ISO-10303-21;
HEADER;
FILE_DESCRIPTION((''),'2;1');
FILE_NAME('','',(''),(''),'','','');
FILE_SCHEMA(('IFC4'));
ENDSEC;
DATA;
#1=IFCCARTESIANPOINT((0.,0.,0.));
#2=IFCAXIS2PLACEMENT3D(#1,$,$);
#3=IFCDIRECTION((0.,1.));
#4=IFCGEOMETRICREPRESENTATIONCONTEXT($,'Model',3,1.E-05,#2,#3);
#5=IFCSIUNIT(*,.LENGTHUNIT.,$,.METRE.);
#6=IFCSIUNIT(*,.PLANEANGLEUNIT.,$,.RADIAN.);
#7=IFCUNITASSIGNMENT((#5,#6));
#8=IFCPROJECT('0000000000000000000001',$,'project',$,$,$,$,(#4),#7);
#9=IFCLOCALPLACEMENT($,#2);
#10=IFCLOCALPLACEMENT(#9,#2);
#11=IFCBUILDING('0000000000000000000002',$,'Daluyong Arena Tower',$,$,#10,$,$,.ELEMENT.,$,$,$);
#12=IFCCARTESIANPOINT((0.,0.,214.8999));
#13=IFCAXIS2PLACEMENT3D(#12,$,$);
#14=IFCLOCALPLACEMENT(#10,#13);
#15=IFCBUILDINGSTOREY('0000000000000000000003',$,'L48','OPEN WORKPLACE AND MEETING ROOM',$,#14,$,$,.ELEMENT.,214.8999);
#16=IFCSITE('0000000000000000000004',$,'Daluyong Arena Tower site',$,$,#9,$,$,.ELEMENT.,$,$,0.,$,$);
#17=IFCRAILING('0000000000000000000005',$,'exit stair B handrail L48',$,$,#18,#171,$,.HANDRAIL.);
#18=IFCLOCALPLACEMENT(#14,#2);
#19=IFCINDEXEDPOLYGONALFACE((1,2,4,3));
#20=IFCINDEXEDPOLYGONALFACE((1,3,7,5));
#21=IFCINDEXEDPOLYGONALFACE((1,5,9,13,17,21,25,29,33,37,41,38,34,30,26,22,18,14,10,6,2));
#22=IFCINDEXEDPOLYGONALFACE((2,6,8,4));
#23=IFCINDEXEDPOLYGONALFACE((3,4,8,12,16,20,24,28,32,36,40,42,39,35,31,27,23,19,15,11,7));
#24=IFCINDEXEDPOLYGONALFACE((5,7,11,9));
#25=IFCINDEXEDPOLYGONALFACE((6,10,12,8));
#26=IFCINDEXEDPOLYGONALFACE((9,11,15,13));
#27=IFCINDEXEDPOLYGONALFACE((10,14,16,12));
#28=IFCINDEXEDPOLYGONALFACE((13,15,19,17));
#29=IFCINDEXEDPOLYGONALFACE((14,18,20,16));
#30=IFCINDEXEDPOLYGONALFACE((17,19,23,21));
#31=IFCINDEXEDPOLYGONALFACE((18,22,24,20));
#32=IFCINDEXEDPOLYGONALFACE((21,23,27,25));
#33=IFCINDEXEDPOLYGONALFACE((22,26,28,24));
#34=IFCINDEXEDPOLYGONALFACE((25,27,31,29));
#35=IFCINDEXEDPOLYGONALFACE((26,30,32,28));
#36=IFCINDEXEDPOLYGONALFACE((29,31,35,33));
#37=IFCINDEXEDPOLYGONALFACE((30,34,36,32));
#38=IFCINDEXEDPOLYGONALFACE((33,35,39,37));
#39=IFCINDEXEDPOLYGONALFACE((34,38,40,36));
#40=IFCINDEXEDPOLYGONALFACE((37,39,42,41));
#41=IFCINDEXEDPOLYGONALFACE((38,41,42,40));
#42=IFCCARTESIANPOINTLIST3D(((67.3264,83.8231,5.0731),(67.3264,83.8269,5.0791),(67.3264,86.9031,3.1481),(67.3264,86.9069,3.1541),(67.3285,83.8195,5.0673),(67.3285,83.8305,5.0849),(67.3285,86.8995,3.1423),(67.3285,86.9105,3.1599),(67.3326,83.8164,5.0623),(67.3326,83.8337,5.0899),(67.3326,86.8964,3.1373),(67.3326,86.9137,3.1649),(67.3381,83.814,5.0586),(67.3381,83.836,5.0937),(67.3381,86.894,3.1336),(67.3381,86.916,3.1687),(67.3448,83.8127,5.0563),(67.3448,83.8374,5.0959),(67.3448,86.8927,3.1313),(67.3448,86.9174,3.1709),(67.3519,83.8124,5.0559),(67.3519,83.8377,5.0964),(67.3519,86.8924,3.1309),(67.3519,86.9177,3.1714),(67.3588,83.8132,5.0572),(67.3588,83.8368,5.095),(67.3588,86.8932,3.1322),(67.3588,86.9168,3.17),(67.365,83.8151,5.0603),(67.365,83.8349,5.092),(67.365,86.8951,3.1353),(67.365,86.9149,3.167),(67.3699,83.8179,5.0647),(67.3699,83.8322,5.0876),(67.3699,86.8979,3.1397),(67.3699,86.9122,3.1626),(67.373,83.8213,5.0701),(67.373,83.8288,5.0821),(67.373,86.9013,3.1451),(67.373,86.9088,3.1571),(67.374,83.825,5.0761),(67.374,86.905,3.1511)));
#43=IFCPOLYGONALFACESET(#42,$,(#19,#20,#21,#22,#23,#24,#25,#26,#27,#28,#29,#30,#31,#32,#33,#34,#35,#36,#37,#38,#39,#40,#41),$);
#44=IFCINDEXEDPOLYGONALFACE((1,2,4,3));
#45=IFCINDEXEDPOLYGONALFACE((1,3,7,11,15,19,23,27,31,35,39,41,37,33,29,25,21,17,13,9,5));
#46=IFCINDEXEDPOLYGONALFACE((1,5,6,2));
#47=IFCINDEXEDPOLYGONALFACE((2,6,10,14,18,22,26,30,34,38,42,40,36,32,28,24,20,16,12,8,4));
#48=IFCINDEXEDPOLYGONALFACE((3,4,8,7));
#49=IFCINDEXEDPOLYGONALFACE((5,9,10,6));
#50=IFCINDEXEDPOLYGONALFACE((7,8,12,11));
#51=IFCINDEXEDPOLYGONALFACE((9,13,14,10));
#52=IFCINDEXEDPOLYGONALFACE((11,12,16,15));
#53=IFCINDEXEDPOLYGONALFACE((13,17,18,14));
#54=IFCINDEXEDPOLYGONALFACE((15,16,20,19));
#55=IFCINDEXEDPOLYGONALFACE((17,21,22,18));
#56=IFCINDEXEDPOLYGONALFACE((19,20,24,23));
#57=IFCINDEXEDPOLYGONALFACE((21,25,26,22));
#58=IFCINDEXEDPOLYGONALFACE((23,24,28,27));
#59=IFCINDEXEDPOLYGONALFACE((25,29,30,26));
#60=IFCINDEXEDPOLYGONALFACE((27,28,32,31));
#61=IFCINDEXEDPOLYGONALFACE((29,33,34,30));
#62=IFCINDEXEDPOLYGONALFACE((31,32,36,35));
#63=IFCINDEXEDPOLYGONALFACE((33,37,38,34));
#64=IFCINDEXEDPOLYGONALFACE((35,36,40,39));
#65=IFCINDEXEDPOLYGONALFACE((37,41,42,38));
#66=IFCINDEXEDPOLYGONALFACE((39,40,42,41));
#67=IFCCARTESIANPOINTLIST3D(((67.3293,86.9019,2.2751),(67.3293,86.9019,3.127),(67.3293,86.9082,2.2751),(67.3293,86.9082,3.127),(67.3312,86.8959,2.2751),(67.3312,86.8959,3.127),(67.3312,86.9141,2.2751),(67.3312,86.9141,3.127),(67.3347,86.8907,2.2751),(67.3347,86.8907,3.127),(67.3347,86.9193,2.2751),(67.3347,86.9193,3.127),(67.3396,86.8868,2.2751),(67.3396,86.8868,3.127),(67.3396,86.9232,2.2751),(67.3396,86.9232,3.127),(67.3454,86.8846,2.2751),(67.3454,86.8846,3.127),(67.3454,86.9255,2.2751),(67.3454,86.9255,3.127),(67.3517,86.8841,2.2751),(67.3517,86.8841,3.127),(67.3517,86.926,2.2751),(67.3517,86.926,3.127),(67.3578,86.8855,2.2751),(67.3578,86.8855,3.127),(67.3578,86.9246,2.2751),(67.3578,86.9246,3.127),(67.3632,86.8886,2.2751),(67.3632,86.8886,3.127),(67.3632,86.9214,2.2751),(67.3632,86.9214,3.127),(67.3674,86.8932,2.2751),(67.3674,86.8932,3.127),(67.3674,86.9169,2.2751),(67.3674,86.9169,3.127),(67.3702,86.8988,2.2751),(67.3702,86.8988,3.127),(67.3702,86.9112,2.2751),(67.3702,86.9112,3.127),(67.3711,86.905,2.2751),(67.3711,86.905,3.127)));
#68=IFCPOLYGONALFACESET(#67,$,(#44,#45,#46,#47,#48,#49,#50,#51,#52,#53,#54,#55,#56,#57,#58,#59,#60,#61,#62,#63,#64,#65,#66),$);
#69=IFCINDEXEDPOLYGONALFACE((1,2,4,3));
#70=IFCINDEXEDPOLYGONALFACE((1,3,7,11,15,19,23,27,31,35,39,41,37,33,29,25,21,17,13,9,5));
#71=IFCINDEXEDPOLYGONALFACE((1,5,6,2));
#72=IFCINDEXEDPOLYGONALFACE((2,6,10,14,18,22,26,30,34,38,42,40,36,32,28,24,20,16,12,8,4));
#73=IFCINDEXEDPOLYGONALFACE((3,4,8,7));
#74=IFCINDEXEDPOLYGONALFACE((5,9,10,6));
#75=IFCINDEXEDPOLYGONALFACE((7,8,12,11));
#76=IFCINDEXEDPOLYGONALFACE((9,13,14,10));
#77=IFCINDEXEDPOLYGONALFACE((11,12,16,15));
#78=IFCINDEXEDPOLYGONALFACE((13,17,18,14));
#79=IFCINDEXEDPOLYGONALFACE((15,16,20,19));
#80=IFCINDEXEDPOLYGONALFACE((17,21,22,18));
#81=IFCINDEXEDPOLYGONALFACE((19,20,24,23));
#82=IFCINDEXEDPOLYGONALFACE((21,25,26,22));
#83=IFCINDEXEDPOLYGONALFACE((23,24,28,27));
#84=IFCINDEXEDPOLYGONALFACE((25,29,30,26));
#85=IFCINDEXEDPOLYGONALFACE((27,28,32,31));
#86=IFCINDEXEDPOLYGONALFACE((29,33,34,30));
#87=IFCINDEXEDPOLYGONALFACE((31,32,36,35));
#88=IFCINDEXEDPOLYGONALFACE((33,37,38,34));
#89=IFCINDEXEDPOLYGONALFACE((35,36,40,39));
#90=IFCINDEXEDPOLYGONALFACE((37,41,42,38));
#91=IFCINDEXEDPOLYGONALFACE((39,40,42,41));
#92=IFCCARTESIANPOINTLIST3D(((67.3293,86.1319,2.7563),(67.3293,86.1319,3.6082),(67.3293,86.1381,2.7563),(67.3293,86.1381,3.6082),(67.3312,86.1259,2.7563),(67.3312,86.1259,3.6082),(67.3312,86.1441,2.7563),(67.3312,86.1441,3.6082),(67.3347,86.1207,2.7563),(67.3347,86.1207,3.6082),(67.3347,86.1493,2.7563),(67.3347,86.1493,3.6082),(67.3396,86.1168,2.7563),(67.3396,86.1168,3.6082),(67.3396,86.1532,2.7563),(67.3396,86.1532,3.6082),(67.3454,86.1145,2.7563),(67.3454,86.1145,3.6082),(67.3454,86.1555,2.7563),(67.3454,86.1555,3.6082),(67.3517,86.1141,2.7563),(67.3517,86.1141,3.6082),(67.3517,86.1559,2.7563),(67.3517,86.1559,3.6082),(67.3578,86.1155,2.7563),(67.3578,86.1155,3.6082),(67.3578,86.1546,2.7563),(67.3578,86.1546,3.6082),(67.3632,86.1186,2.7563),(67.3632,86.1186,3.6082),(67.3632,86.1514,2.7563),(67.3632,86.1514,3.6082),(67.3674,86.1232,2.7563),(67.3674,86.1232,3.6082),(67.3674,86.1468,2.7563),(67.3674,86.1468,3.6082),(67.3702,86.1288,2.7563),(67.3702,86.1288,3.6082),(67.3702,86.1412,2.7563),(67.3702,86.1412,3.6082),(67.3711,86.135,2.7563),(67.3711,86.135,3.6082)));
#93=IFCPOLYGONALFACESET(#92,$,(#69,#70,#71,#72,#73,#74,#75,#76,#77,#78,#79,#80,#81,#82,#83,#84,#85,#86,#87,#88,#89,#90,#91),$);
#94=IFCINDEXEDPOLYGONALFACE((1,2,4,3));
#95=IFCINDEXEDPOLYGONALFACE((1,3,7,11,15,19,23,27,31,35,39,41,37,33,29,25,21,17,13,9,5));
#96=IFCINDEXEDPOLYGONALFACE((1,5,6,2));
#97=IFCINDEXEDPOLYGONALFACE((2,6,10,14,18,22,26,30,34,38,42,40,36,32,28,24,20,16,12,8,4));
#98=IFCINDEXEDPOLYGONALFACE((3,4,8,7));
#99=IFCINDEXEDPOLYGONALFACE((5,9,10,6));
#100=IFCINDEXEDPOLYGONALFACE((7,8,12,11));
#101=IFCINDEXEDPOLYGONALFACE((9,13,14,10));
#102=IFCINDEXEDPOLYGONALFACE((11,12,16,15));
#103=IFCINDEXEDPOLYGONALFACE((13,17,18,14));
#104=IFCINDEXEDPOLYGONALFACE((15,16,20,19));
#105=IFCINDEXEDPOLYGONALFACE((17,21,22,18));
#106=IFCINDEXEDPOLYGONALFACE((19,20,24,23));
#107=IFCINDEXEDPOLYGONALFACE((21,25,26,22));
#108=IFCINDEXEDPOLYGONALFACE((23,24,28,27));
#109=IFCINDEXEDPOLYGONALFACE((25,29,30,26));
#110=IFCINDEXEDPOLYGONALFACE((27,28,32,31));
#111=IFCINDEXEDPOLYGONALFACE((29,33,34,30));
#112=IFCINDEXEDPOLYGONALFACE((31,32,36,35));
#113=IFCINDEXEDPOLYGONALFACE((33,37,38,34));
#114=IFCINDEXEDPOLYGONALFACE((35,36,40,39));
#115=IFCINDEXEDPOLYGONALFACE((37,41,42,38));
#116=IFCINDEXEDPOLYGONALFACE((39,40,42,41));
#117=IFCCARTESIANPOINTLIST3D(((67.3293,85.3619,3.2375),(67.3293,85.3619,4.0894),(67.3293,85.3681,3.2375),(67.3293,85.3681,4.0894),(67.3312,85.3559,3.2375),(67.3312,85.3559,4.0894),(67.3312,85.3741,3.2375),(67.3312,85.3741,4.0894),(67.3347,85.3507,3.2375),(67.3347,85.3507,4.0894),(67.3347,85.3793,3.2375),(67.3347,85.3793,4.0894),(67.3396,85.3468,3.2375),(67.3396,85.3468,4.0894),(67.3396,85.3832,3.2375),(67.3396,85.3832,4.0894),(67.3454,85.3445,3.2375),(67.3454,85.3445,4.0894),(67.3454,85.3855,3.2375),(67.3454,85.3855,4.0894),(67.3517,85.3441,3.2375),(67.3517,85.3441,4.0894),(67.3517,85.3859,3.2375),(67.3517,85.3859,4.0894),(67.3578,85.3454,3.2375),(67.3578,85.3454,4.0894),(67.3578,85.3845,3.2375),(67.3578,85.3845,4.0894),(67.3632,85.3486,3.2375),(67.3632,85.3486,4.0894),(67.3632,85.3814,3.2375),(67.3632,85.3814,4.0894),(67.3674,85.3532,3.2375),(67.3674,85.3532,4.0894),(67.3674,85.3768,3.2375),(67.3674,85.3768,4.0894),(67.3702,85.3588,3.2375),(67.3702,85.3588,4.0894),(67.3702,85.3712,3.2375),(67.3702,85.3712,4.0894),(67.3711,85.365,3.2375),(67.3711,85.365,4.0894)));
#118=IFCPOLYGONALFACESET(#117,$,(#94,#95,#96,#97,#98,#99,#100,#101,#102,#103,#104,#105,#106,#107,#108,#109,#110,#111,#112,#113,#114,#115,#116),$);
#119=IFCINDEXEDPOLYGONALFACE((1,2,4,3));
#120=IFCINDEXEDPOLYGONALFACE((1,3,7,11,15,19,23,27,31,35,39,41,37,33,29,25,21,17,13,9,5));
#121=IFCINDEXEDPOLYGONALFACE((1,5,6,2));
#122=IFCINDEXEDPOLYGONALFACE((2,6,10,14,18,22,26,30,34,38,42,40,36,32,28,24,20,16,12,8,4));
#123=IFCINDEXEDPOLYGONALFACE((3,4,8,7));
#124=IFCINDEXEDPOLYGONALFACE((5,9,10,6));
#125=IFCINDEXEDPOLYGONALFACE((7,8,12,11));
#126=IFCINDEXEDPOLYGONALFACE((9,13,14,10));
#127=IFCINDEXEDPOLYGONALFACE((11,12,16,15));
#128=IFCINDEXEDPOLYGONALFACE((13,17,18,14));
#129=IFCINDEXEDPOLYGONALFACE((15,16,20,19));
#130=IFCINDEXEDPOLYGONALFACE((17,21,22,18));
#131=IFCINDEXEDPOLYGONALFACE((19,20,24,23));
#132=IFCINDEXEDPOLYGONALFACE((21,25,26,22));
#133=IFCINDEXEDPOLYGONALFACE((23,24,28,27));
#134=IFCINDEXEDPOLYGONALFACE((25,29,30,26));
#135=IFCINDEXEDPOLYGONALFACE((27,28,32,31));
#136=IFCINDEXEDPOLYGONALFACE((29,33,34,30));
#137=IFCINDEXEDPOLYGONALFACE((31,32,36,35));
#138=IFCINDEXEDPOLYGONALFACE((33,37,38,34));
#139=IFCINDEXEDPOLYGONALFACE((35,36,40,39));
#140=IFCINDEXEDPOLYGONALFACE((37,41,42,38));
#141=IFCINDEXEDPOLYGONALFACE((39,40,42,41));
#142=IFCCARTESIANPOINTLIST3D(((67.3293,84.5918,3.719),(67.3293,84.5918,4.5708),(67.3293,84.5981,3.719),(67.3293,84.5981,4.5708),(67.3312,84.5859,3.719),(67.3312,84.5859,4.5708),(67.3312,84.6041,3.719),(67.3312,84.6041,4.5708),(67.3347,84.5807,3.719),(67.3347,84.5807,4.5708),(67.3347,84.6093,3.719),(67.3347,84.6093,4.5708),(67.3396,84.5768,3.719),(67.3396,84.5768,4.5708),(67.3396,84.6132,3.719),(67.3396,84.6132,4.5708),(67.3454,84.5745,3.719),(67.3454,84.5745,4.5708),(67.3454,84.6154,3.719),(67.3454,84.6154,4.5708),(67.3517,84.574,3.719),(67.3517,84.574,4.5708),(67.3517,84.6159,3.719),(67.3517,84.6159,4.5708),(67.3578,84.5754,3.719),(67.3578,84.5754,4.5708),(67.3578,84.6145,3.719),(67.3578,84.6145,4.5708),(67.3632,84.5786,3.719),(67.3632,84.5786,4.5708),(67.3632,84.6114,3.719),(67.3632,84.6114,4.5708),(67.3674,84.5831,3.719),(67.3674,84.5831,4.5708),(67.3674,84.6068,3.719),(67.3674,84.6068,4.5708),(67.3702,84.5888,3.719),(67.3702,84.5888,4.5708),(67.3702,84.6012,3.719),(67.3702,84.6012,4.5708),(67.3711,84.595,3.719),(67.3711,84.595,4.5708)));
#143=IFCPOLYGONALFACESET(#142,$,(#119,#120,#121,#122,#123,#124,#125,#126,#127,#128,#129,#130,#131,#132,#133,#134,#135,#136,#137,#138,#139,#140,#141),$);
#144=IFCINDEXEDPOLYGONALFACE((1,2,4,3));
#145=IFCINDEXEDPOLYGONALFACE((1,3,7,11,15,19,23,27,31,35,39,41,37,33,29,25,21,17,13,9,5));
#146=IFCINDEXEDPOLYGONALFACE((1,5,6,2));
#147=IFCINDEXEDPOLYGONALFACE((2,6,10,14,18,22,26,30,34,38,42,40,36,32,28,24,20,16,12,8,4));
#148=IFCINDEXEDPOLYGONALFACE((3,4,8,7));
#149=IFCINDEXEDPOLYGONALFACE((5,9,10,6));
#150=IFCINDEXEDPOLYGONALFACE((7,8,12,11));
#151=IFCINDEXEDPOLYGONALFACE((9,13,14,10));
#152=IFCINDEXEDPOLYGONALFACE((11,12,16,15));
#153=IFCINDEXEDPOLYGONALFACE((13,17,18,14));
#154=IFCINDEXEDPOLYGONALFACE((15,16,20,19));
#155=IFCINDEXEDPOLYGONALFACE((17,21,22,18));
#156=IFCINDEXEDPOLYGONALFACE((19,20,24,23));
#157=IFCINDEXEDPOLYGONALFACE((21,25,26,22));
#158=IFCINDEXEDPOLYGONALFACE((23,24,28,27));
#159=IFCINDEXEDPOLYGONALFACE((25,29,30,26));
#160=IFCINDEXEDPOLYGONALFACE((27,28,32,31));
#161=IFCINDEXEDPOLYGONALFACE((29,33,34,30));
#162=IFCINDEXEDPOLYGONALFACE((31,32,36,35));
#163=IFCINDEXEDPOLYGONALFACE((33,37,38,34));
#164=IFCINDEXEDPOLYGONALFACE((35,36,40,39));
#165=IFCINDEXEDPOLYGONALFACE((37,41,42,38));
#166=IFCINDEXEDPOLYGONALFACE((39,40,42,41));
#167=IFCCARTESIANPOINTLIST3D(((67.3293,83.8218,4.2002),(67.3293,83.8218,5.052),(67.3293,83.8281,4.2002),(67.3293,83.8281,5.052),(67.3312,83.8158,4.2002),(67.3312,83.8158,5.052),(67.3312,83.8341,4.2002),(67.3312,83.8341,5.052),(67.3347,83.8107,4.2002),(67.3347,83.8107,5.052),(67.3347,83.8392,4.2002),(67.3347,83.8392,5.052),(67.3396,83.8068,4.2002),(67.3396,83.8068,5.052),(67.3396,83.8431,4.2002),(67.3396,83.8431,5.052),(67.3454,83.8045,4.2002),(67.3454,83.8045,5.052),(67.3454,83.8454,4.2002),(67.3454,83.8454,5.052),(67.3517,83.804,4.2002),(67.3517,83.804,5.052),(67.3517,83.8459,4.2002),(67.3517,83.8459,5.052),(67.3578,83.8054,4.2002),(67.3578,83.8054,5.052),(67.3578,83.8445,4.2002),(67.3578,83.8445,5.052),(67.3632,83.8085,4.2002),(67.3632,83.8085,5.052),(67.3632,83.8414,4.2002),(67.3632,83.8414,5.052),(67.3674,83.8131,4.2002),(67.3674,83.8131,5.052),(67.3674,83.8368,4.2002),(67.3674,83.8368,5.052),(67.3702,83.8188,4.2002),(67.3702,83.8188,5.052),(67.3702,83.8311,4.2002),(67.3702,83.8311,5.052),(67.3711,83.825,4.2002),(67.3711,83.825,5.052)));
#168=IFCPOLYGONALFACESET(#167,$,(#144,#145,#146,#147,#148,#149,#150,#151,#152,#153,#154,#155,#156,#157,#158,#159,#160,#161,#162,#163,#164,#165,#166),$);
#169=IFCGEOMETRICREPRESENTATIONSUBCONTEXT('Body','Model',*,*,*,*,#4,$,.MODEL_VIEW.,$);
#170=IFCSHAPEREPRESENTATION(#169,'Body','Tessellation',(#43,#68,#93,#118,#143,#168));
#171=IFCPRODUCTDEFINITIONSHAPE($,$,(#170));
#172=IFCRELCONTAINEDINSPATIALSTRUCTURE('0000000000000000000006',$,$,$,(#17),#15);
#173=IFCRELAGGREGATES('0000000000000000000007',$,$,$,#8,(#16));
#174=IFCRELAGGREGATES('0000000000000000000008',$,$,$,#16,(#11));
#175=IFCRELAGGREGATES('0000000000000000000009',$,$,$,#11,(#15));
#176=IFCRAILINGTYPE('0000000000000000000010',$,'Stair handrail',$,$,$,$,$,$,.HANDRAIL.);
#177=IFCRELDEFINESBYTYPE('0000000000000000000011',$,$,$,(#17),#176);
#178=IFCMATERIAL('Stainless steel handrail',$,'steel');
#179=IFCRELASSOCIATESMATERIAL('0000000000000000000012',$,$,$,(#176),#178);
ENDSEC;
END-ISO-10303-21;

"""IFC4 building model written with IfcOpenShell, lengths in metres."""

from ifc_helpers import new_model, si_unit, direction, frame, origin, origin_2d, place, context, subcontext, project, spatial, circle, extrude, material, type_object, element, save


model = new_model("IFC4")

# Units and contexts
model_context = context("Model", 3, precision=1e-05, world=origin(), true_north=direction((0.0, 1.0)))
body_context = subcontext(model_context, "Body", "Model", "MODEL_VIEW")
ifc_project = project(units=[si_unit("LENGTHUNIT", "METRE"), si_unit("PLANEANGLEUNIT", "RADIAN")], contexts=[model_context])

# Site, building, storey
site_placement = place(None, origin())
site = spatial("IfcSite", under=ifc_project, at=site_placement, Name="Daluyong Arena Tower site", CompositionType="ELEMENT", RefElevation=0.0)
building_placement = place(site_placement, origin())
building = spatial("IfcBuilding", under=site, at=building_placement, Name="Daluyong Arena Tower", CompositionType="ELEMENT")
storey_placement = place(building_placement, frame((0.0, 0.0, 214.8999)))
storey = spatial("IfcBuildingStorey", under=building, at=storey_placement, Name="L48", Description="OPEN WORKPLACE AND MEETING ROOM", CompositionType="ELEMENT", Elevation=214.8999)

# Railing
ifc_material_1 = material(Name="Stainless steel handrail", Category="steel")
railing_type_1 = type_object("IfcRailingType", Name="Stair handrail", PredefinedType="HANDRAIL", material=ifc_material_1)
railing_1_placement = place(storey_placement, frame((67.3501, 86.905, 2.2751)))
element("IfcRailing", 1, at=railing_1_placement, inside=storey, type_object=railing_type_1, Name="exit stair B handrail L48", PredefinedType="HANDRAIL", context=body_context, shape_type="SweptSolid", body=[
    extrude(circle(Radius=0.0239, at=origin_2d()), frame((0.0, 0.0, 0.876), z_axis=(0.0, -0.847998, 0.529999), x_axis=(1.0, 0.0, 0.0)), (0.0, 0.0, 1.0), 3.6321),
    extrude(circle(Radius=0.021, at=origin_2d()), origin(), (0.0, 0.0, 1.0), 0.8518),
    extrude(circle(Radius=0.021, at=origin_2d()), frame((0.0, -0.77, 0.4812)), (0.0, 0.0, 1.0), 0.8518),
    extrude(circle(Radius=0.021, at=origin_2d()), frame((0.0, -1.54, 0.9624)), (0.0, 0.0, 1.0), 0.8518),
    extrude(circle(Radius=0.021, at=origin_2d()), frame((0.0, -2.3101, 1.4438)), (0.0, 0.0, 1.0), 0.8518),
    extrude(circle(Radius=0.021, at=origin_2d()), frame((0.0, -3.0801, 1.925)), (0.0, 0.0, 1.0), 0.8518),
])

save(model, "model.ifc")
